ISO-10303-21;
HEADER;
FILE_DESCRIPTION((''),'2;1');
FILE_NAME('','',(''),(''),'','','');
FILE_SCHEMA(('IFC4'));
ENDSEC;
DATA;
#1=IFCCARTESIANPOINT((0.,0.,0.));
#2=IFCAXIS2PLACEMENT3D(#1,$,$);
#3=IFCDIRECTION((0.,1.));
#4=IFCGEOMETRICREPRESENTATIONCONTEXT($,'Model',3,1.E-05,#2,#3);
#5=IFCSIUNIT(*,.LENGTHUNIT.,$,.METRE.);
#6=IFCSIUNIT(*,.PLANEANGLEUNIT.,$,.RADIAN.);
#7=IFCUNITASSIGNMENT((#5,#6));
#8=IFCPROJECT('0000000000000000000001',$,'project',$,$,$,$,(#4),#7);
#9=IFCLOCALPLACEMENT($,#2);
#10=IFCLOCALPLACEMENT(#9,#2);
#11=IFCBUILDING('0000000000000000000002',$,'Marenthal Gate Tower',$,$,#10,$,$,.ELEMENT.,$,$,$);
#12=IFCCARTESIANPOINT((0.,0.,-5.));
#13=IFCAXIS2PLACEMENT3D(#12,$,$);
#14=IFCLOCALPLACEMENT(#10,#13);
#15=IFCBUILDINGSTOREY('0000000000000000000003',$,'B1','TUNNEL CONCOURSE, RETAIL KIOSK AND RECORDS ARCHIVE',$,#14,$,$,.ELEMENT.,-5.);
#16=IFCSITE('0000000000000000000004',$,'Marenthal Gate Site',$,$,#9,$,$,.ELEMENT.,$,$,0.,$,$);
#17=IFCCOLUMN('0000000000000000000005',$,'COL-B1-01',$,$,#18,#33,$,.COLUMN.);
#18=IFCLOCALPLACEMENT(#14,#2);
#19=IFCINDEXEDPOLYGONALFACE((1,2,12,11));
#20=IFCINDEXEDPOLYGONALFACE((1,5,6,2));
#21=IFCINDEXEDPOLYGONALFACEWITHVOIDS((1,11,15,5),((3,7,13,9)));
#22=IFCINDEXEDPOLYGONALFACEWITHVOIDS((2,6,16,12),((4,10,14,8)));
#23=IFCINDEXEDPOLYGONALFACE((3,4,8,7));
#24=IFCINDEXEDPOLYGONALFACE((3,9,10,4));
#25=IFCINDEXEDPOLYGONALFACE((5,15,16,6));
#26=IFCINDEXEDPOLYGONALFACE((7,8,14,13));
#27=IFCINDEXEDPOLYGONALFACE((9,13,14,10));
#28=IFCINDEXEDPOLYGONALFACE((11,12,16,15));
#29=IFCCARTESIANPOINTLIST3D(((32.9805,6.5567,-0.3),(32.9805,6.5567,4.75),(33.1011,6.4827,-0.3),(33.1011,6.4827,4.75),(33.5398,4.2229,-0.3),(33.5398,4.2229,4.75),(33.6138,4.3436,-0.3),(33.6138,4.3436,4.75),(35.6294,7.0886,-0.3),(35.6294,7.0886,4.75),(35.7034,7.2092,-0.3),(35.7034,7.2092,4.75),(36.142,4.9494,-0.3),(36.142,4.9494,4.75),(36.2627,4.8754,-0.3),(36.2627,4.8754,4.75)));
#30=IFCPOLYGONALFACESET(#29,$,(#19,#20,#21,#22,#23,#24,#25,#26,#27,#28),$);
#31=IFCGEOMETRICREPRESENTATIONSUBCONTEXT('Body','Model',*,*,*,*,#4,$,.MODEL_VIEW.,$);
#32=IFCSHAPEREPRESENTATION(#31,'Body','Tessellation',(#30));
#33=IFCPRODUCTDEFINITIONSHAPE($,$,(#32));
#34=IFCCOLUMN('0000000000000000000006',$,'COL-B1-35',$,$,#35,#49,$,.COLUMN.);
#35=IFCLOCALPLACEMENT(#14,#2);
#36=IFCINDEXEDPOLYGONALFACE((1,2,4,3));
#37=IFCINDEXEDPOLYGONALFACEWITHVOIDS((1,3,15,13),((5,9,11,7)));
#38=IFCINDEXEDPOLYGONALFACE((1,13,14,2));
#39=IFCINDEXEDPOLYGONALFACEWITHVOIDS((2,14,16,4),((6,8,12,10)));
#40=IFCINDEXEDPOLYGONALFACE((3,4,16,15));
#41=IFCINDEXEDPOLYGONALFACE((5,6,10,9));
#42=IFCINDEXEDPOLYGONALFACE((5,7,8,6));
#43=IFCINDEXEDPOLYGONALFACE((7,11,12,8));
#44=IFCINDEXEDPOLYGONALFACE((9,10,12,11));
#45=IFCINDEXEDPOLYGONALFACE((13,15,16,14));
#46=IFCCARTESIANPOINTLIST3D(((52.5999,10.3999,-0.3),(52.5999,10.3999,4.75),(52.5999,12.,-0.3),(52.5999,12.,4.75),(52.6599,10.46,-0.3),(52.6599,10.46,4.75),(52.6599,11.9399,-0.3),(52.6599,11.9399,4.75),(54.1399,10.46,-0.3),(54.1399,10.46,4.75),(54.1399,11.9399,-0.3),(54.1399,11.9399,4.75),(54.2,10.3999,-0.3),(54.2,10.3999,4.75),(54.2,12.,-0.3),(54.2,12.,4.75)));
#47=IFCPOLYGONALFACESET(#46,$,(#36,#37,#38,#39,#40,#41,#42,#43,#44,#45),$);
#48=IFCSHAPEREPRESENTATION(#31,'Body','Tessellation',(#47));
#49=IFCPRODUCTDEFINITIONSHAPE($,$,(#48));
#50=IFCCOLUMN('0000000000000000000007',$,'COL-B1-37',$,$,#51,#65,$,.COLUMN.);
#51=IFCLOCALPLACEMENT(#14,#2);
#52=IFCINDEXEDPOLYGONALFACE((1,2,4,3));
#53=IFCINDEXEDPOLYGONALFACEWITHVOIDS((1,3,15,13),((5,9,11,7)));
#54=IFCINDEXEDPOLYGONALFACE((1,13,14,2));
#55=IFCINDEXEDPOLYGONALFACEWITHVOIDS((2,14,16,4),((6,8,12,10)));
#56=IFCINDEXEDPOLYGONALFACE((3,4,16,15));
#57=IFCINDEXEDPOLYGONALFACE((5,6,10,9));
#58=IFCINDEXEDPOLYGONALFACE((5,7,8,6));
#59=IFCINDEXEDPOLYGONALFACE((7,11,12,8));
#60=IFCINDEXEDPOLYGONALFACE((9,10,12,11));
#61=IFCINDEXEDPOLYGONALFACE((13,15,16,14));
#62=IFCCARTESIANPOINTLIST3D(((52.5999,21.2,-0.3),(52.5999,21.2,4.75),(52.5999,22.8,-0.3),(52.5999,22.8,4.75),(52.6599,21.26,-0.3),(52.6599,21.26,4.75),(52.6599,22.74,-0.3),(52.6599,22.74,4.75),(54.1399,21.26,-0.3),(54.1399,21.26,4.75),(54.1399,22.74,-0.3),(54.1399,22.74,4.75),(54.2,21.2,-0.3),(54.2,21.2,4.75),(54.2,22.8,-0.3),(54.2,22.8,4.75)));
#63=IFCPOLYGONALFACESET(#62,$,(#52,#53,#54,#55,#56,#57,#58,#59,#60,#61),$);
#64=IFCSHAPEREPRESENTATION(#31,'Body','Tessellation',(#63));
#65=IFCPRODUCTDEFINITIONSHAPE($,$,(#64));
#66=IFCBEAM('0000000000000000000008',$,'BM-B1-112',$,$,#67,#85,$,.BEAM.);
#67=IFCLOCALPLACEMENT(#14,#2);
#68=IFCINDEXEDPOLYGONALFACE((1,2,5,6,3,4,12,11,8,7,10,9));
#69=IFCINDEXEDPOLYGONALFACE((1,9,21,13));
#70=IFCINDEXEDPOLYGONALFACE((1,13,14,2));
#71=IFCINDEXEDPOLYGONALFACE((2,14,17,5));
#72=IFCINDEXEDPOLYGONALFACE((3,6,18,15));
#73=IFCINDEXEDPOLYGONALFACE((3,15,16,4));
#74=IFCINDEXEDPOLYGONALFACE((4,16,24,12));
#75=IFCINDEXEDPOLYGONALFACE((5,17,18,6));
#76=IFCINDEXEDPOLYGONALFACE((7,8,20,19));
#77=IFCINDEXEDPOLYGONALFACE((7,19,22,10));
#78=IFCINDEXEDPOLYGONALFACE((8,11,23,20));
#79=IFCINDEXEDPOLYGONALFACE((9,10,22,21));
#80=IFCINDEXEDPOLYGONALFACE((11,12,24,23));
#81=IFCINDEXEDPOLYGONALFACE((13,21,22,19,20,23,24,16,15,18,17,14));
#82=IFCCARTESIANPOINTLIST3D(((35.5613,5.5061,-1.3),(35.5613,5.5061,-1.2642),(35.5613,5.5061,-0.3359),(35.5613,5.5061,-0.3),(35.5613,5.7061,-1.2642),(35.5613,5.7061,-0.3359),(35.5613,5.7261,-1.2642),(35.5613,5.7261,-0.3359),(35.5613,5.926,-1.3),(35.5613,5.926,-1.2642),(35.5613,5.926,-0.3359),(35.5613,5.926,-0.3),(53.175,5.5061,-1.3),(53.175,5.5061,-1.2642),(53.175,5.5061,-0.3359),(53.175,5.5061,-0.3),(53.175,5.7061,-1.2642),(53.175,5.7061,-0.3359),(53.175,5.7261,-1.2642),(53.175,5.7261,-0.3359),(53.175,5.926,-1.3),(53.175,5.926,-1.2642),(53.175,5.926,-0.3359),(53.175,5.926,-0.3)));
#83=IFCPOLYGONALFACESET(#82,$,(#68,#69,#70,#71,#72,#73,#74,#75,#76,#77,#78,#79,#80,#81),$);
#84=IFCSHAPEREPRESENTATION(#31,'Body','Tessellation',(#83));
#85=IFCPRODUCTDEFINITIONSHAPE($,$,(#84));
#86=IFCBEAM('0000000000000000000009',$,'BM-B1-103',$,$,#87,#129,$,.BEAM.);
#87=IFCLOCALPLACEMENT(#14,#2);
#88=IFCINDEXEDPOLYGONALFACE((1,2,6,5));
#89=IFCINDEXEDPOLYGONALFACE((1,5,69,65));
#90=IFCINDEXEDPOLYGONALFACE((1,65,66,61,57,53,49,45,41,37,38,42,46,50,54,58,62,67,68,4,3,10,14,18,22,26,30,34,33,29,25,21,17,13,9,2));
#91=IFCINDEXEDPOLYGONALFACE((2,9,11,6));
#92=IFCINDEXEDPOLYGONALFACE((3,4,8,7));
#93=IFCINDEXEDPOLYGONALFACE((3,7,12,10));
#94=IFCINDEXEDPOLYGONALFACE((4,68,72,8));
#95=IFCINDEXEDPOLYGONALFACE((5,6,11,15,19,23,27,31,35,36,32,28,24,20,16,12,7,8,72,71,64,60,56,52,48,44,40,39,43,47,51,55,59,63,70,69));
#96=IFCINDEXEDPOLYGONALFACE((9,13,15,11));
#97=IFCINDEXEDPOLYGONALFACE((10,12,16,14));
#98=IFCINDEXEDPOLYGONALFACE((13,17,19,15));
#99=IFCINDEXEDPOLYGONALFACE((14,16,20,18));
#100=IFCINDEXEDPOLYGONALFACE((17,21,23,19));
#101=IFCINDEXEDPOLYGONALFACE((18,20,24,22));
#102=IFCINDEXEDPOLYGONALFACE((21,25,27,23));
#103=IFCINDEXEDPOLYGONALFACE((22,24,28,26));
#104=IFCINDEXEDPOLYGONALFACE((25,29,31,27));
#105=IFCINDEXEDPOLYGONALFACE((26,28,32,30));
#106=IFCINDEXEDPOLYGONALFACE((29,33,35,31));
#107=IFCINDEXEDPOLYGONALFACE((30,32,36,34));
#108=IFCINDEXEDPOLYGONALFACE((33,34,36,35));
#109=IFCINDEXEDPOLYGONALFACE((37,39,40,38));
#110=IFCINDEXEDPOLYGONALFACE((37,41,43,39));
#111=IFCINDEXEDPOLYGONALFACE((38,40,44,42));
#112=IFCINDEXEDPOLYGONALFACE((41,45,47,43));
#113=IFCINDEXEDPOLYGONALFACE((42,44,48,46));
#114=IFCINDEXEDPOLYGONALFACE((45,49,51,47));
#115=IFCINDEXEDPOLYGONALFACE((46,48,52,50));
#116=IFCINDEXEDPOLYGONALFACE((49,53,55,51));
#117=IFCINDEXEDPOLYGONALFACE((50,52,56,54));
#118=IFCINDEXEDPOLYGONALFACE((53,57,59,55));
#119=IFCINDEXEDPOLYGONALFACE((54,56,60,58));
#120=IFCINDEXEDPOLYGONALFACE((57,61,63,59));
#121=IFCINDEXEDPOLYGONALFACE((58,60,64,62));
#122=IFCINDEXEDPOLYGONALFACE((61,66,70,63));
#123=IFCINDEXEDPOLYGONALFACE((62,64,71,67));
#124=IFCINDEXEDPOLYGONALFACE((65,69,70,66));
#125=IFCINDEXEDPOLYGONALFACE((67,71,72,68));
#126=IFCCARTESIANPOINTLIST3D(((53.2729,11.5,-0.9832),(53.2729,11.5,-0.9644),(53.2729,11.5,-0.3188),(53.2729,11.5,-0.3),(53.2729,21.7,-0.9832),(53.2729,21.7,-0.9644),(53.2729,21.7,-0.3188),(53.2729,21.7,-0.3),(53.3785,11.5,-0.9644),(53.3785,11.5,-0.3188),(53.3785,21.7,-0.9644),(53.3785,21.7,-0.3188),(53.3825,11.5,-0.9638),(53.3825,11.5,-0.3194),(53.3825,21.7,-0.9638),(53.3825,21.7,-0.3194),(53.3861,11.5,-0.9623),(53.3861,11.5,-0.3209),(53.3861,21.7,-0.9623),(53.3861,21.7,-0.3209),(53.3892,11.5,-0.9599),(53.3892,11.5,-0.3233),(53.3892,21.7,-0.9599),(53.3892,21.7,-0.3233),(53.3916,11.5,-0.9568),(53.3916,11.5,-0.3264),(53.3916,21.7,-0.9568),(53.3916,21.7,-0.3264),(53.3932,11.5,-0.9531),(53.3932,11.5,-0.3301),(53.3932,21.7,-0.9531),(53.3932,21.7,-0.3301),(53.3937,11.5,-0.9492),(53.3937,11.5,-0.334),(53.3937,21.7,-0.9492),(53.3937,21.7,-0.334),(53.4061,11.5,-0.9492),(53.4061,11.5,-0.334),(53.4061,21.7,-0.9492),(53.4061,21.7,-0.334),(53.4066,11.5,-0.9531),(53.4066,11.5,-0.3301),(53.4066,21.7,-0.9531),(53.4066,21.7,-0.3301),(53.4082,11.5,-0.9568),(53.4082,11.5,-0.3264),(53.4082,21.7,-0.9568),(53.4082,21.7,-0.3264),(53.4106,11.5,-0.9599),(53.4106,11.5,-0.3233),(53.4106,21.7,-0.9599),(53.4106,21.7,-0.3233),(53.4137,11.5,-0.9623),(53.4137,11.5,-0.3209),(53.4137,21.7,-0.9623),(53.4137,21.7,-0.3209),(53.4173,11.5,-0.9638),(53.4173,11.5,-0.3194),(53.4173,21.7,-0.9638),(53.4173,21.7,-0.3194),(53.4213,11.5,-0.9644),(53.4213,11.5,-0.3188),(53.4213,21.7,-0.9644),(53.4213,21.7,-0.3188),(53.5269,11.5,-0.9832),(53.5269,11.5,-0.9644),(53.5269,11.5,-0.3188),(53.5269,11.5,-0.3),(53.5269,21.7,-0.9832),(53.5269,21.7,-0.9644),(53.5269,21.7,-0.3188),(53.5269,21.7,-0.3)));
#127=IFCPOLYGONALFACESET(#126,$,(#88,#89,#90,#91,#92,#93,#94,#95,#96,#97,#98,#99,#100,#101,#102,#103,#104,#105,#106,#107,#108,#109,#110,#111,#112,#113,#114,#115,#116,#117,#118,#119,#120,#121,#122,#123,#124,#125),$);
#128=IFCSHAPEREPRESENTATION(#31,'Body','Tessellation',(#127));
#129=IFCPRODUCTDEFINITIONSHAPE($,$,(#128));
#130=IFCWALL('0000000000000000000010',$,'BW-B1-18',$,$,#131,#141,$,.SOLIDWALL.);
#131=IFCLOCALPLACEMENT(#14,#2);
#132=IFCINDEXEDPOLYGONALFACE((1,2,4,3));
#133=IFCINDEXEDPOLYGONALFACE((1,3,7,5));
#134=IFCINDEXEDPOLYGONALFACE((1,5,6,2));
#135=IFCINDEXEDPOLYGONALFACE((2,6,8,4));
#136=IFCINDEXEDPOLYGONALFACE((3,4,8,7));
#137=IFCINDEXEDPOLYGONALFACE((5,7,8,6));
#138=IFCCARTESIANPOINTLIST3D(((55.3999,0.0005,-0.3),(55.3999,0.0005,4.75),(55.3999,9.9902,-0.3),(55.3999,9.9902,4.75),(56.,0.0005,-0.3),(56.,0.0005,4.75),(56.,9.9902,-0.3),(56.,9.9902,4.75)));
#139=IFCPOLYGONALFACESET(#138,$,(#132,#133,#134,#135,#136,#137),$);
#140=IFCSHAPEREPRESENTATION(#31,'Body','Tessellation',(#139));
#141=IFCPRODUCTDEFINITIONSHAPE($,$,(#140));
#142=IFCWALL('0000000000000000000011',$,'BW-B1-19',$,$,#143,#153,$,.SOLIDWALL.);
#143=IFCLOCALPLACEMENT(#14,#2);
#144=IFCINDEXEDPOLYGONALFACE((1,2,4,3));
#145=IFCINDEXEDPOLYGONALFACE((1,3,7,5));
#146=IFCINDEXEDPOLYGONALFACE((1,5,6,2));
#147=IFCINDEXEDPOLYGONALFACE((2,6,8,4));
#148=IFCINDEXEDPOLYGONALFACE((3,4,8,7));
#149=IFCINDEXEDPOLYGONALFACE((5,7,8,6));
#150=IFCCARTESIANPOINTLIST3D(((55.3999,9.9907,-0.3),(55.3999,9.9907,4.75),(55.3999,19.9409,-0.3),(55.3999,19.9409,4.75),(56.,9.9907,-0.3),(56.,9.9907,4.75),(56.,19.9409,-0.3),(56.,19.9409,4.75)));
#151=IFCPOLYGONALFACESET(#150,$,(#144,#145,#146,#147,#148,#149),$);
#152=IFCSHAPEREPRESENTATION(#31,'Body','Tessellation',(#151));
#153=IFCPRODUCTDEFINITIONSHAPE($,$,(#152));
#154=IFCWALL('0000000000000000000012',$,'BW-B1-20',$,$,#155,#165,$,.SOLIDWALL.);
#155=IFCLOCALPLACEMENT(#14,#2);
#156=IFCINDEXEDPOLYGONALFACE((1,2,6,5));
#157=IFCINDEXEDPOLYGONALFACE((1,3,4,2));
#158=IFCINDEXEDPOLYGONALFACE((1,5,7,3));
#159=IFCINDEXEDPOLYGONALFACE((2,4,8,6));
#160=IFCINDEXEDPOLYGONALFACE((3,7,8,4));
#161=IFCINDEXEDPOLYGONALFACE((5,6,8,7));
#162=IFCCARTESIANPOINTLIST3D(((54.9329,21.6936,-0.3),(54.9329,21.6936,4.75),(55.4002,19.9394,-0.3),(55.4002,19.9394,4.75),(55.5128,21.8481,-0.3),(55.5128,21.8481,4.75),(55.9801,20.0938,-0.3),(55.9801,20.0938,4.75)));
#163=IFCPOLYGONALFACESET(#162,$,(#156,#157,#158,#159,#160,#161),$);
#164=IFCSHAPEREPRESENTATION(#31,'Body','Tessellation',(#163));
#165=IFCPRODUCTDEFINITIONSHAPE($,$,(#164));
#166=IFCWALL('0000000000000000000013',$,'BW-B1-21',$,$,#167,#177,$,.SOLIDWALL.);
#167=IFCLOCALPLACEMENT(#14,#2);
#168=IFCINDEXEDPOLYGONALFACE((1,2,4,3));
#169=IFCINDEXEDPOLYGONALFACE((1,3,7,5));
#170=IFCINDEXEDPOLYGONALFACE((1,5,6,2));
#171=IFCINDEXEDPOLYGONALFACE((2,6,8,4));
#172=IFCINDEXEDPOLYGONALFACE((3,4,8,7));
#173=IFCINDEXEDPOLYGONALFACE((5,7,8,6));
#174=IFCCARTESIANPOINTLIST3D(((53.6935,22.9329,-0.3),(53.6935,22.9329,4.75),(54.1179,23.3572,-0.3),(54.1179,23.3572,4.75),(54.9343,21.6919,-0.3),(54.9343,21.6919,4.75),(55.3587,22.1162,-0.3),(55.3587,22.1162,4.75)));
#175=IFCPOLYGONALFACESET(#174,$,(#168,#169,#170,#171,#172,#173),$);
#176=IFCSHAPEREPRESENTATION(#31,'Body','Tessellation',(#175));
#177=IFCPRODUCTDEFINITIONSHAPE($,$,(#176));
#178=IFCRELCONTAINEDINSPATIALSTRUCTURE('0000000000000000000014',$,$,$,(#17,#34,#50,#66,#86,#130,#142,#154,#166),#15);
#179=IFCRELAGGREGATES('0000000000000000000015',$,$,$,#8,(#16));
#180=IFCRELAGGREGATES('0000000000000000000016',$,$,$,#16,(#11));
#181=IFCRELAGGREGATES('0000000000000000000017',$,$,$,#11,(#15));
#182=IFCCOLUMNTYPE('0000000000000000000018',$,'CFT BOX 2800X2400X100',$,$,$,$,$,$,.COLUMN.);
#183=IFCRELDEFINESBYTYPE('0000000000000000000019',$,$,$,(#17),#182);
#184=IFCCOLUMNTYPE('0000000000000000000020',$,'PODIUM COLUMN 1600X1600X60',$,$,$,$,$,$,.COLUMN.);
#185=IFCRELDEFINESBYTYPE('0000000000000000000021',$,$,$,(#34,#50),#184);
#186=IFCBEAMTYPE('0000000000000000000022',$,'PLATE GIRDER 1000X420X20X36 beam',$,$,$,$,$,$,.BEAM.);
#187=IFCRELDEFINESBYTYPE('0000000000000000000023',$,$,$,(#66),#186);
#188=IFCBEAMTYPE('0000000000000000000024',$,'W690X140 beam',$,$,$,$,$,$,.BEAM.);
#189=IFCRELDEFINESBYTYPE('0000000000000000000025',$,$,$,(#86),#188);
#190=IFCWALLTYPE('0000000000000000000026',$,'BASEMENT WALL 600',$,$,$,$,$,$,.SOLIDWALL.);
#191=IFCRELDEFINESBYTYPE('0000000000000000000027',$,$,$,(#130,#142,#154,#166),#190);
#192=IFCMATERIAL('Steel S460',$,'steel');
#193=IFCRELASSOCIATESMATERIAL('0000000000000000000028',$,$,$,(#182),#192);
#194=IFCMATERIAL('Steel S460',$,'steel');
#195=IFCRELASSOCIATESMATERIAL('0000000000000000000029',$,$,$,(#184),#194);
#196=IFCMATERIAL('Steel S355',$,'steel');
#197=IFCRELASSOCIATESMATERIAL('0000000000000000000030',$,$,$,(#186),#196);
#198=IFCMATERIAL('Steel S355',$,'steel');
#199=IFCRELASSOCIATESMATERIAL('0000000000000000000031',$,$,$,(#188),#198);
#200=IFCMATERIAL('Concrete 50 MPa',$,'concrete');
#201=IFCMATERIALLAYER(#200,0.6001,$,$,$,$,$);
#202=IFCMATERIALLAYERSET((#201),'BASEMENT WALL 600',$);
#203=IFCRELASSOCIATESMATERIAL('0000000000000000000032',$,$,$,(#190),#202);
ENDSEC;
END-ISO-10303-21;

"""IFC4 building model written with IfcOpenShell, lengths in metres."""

from ifc_helpers import new_model, si_unit, direction, frame, frame_2d, origin, origin_2d, place, context, subcontext, project, spatial, rectangle, hollow_rectangle, i_section, extrude, material, layer, layer_set, material_profile, profile_set, type_object, element, save


model = new_model("IFC4")

# Units and contexts
model_context = context("Model", 3, precision=1e-05, world=origin(), true_north=direction((0.0, 1.0)))
body_context = subcontext(model_context, "Body", "Model", "MODEL_VIEW")
ifc_project = project(units=[si_unit("LENGTHUNIT", "METRE"), si_unit("PLANEANGLEUNIT", "RADIAN")], contexts=[model_context])

# Site, building, storey
site_placement = place(None, origin())
site = spatial("IfcSite", under=ifc_project, at=site_placement, Name="Marenthal Gate Site", CompositionType="ELEMENT", RefElevation=0.0)
building_placement = place(site_placement, origin())
building = spatial("IfcBuilding", under=site, at=building_placement, Name="Marenthal Gate Tower", CompositionType="ELEMENT")
storey_placement = place(building_placement, frame((0.0, 0.0, -5.0)))
storey = spatial("IfcBuildingStorey", under=building, at=storey_placement, Name="B1", Description="TUNNEL CONCOURSE, RETAIL KIOSK AND RECORDS ARCHIVE", CompositionType="ELEMENT", Elevation=-5.0)

# Columns
ifc_material_1 = material(Name="Steel S460", Category="steel")
ifc_material_profile_1 = material_profile(ifc_material_1, hollow_rectangle(XDim=2.3999, YDim=2.8, WallThickness=0.1001, at=origin_2d()), Name="CFT BOX 2800X2400X100")
ifc_material_2 = material(Name="Concrete 70 MPa", Category="concrete")
ifc_material_profile_2 = material_profile(ifc_material_2, rectangle(XDim=2.2, YDim=2.6001, at=origin_2d()), Name="CFT BOX 2800X2400X100 INFILL")
ifc_profile_set_1 = profile_set([ifc_material_profile_1, ifc_material_profile_2], Name="Steel S460 shell, Concrete 70 MPa infill")
column_type_1 = type_object("IfcColumnType", Name="CFT BOX 2800X2400X100", PredefinedType="COLUMN", material=ifc_profile_set_1)
column_placement = place(storey_placement, frame((34.6216, 5.7161, -0.3), z_axis=(0.0, 0.0, 1.0), x_axis=(0.233047, -0.972466, 0.0)))
element("IfcColumn", 1, at=column_placement, inside=storey, type_object=column_type_1, Name="COL-B1-01", PredefinedType="COLUMN", context=body_context, shape_type="SweptSolid", body=[
    extrude(hollow_rectangle(XDim=2.3999, YDim=2.8, WallThickness=0.1001, at=origin_2d()), origin(), (0.0, 0.0, 1.0), 5.05),
])
ifc_material_3 = material(Name="Steel S460", Category="steel")
ifc_material_profile_3 = material_profile(ifc_material_3, hollow_rectangle(XDim=1.6001, YDim=1.6001, WallThickness=0.0601, at=origin_2d()), Name="CFT BOX 1600X1600X60")
ifc_material_4 = material(Name="Concrete 70 MPa", Category="concrete")
ifc_material_profile_4 = material_profile(ifc_material_4, rectangle(XDim=1.48, YDim=1.48, at=origin_2d()), Name="CFT BOX 1600X1600X60 INFILL")
ifc_profile_set_2 = profile_set([ifc_material_profile_3, ifc_material_profile_4], Name="Steel S460 shell, Concrete 70 MPa infill")
column_type_2 = type_object("IfcColumnType", Name="PODIUM COLUMN 1600X1600X60", PredefinedType="COLUMN", material=ifc_profile_set_2)
for number, where, z_axis, x_axis, name in (
    (2, (53.3999, 11.2, -0.3), (0.0, 0.0, 1.0), (1.0, 0.0, 0.0), "COL-B1-35"),
    (3, (53.3999, 22.0, -0.3), (0.0, 0.0, 1.0), (1.0, 0.0, 0.0), "COL-B1-37"),
):
    element("IfcColumn", number, at=place(storey_placement, frame(where, z_axis=z_axis, x_axis=x_axis)), inside=storey, type_object=column_type_2, Name=name, PredefinedType="COLUMN", context=body_context, shape_type="SweptSolid", body=[
        extrude(hollow_rectangle(XDim=1.6001, YDim=1.6001, WallThickness=0.0601, at=origin_2d()), origin(), (0.0, 0.0, 1.0), 5.05),
    ])

# Beams
ifc_material_5 = material(Name="Steel S355", Category="steel")
ifc_material_profile_5 = material_profile(ifc_material_5, i_section(OverallWidth=0.4199, OverallDepth=1.0, WebThickness=0.02, FlangeThickness=0.0359, at=origin_2d()), Name="PLATE GIRDER 1000X420X20X36")
ifc_profile_set_3 = profile_set([ifc_material_profile_5], Name="Steel S355")
beam_type_1 = type_object("IfcBeamType", Name="PLATE GIRDER 1000X420X20X36 beam", PredefinedType="BEAM", material=ifc_profile_set_3)
beam_1_placement = place(storey_placement, frame((35.5613, 5.7161, -0.8), z_axis=(1.0, 0.0, 0.0), x_axis=(0.0, 1.0, 0.0)))
element("IfcBeam", 4, at=beam_1_placement, inside=storey, type_object=beam_type_1, Name="BM-B1-112", PredefinedType="BEAM", context=body_context, shape_type="SweptSolid", body=[
    extrude(i_section(OverallWidth=0.4199, OverallDepth=1.0, WebThickness=0.02, FlangeThickness=0.0359, at=origin_2d()), origin(), (0.0, 0.0, 1.0), 17.6138),
])
ifc_material_6 = material(Name="Steel S355", Category="steel")
ifc_material_profile_6 = material_profile(ifc_material_6, i_section(OverallWidth=0.2539, OverallDepth=0.6831, WebThickness=0.0125, FlangeThickness=0.0188, FilletRadius=0.0151, at=origin_2d()), Name="W690X140")
ifc_profile_set_4 = profile_set([ifc_material_profile_6], Name="Steel S355")
beam_type_2 = type_object("IfcBeamType", Name="W690X140 beam", PredefinedType="BEAM", material=ifc_profile_set_4)
beam_2_placement = place(storey_placement, frame((53.3999, 11.5, -0.6416), z_axis=(0.0, 1.0, 0.0), x_axis=(-1.0, 0.0, 0.0)))
element("IfcBeam", 5, at=beam_2_placement, inside=storey, type_object=beam_type_2, Name="BM-B1-103", PredefinedType="BEAM", context=body_context, shape_type="SweptSolid", body=[
    extrude(i_section(OverallWidth=0.2539, OverallDepth=0.6831, WebThickness=0.0125, FlangeThickness=0.0188, FilletRadius=0.0151, at=origin_2d()), origin(), (0.0, 0.0, 1.0), 10.2),
])

# Walls
ifc_material_7 = material(Name="Concrete 50 MPa", Category="concrete")
ifc_layer_1 = layer(ifc_material_7, 0.6001)
ifc_layer_set_1 = layer_set([ifc_layer_1], Name="BASEMENT WALL 600")
wall_type_1 = type_object("IfcWallType", Name="BASEMENT WALL 600", PredefinedType="SOLIDWALL", material=ifc_layer_set_1)
wall_1_placement = place(storey_placement, frame((55.7, 0.0005, -0.3), z_axis=(0.0, 0.0, 1.0), x_axis=(0.0, 1.0, 0.0)))
element("IfcWall", 6, at=wall_1_placement, inside=storey, type_object=wall_type_1, Name="BW-B1-18", PredefinedType="SOLIDWALL", context=body_context, shape_type="SweptSolid", body=[
    extrude(rectangle(XDim=9.9897, YDim=0.6001, at=frame_2d((4.9949, 0.0))), origin(), (0.0, 0.0, 1.0), 5.05),
])
wall_2_placement = place(storey_placement, frame((55.7, 9.9907, -0.3), z_axis=(0.0, 0.0, 1.0), x_axis=(0.0, 1.0, 0.0)))
element("IfcWall", 7, at=wall_2_placement, inside=storey, type_object=wall_type_1, Name="BW-B1-19", PredefinedType="SOLIDWALL", context=body_context, shape_type="SweptSolid", body=[
    extrude(rectangle(XDim=9.9502, YDim=0.6001, at=frame_2d((4.9751, 0.0))), origin(), (0.0, 0.0, 1.0), 5.05),
])
wall_3_placement = place(storey_placement, frame((55.6902, 20.0166, -0.3), z_axis=(0.0, 0.0, 1.0), x_axis=(-0.257412, 0.966302, 0.0)))
element("IfcWall", 8, at=wall_3_placement, inside=storey, type_object=wall_type_1, Name="BW-B1-20", PredefinedType="SOLIDWALL", context=body_context, shape_type="SweptSolid", body=[
    extrude(rectangle(XDim=1.8154, YDim=0.6001, at=frame_2d((0.9077, 0.0))), origin(), (0.0, 0.0, 1.0), 5.05),
])
wall_4_placement = place(storey_placement, frame((55.1465, 21.9041, -0.3), z_axis=(0.0, 0.0, 1.0), x_axis=(-0.707037, 0.707176, 0.0)))
element("IfcWall", 9, at=wall_4_placement, inside=storey, type_object=wall_type_1, Name="BW-B1-21", PredefinedType="SOLIDWALL", context=body_context, shape_type="SweptSolid", body=[
    extrude(rectangle(XDim=1.7549, YDim=0.6001, at=frame_2d((0.8774, 0.0))), origin(), (0.0, 0.0, 1.0), 5.05),
])

save(model, "model.ifc")
